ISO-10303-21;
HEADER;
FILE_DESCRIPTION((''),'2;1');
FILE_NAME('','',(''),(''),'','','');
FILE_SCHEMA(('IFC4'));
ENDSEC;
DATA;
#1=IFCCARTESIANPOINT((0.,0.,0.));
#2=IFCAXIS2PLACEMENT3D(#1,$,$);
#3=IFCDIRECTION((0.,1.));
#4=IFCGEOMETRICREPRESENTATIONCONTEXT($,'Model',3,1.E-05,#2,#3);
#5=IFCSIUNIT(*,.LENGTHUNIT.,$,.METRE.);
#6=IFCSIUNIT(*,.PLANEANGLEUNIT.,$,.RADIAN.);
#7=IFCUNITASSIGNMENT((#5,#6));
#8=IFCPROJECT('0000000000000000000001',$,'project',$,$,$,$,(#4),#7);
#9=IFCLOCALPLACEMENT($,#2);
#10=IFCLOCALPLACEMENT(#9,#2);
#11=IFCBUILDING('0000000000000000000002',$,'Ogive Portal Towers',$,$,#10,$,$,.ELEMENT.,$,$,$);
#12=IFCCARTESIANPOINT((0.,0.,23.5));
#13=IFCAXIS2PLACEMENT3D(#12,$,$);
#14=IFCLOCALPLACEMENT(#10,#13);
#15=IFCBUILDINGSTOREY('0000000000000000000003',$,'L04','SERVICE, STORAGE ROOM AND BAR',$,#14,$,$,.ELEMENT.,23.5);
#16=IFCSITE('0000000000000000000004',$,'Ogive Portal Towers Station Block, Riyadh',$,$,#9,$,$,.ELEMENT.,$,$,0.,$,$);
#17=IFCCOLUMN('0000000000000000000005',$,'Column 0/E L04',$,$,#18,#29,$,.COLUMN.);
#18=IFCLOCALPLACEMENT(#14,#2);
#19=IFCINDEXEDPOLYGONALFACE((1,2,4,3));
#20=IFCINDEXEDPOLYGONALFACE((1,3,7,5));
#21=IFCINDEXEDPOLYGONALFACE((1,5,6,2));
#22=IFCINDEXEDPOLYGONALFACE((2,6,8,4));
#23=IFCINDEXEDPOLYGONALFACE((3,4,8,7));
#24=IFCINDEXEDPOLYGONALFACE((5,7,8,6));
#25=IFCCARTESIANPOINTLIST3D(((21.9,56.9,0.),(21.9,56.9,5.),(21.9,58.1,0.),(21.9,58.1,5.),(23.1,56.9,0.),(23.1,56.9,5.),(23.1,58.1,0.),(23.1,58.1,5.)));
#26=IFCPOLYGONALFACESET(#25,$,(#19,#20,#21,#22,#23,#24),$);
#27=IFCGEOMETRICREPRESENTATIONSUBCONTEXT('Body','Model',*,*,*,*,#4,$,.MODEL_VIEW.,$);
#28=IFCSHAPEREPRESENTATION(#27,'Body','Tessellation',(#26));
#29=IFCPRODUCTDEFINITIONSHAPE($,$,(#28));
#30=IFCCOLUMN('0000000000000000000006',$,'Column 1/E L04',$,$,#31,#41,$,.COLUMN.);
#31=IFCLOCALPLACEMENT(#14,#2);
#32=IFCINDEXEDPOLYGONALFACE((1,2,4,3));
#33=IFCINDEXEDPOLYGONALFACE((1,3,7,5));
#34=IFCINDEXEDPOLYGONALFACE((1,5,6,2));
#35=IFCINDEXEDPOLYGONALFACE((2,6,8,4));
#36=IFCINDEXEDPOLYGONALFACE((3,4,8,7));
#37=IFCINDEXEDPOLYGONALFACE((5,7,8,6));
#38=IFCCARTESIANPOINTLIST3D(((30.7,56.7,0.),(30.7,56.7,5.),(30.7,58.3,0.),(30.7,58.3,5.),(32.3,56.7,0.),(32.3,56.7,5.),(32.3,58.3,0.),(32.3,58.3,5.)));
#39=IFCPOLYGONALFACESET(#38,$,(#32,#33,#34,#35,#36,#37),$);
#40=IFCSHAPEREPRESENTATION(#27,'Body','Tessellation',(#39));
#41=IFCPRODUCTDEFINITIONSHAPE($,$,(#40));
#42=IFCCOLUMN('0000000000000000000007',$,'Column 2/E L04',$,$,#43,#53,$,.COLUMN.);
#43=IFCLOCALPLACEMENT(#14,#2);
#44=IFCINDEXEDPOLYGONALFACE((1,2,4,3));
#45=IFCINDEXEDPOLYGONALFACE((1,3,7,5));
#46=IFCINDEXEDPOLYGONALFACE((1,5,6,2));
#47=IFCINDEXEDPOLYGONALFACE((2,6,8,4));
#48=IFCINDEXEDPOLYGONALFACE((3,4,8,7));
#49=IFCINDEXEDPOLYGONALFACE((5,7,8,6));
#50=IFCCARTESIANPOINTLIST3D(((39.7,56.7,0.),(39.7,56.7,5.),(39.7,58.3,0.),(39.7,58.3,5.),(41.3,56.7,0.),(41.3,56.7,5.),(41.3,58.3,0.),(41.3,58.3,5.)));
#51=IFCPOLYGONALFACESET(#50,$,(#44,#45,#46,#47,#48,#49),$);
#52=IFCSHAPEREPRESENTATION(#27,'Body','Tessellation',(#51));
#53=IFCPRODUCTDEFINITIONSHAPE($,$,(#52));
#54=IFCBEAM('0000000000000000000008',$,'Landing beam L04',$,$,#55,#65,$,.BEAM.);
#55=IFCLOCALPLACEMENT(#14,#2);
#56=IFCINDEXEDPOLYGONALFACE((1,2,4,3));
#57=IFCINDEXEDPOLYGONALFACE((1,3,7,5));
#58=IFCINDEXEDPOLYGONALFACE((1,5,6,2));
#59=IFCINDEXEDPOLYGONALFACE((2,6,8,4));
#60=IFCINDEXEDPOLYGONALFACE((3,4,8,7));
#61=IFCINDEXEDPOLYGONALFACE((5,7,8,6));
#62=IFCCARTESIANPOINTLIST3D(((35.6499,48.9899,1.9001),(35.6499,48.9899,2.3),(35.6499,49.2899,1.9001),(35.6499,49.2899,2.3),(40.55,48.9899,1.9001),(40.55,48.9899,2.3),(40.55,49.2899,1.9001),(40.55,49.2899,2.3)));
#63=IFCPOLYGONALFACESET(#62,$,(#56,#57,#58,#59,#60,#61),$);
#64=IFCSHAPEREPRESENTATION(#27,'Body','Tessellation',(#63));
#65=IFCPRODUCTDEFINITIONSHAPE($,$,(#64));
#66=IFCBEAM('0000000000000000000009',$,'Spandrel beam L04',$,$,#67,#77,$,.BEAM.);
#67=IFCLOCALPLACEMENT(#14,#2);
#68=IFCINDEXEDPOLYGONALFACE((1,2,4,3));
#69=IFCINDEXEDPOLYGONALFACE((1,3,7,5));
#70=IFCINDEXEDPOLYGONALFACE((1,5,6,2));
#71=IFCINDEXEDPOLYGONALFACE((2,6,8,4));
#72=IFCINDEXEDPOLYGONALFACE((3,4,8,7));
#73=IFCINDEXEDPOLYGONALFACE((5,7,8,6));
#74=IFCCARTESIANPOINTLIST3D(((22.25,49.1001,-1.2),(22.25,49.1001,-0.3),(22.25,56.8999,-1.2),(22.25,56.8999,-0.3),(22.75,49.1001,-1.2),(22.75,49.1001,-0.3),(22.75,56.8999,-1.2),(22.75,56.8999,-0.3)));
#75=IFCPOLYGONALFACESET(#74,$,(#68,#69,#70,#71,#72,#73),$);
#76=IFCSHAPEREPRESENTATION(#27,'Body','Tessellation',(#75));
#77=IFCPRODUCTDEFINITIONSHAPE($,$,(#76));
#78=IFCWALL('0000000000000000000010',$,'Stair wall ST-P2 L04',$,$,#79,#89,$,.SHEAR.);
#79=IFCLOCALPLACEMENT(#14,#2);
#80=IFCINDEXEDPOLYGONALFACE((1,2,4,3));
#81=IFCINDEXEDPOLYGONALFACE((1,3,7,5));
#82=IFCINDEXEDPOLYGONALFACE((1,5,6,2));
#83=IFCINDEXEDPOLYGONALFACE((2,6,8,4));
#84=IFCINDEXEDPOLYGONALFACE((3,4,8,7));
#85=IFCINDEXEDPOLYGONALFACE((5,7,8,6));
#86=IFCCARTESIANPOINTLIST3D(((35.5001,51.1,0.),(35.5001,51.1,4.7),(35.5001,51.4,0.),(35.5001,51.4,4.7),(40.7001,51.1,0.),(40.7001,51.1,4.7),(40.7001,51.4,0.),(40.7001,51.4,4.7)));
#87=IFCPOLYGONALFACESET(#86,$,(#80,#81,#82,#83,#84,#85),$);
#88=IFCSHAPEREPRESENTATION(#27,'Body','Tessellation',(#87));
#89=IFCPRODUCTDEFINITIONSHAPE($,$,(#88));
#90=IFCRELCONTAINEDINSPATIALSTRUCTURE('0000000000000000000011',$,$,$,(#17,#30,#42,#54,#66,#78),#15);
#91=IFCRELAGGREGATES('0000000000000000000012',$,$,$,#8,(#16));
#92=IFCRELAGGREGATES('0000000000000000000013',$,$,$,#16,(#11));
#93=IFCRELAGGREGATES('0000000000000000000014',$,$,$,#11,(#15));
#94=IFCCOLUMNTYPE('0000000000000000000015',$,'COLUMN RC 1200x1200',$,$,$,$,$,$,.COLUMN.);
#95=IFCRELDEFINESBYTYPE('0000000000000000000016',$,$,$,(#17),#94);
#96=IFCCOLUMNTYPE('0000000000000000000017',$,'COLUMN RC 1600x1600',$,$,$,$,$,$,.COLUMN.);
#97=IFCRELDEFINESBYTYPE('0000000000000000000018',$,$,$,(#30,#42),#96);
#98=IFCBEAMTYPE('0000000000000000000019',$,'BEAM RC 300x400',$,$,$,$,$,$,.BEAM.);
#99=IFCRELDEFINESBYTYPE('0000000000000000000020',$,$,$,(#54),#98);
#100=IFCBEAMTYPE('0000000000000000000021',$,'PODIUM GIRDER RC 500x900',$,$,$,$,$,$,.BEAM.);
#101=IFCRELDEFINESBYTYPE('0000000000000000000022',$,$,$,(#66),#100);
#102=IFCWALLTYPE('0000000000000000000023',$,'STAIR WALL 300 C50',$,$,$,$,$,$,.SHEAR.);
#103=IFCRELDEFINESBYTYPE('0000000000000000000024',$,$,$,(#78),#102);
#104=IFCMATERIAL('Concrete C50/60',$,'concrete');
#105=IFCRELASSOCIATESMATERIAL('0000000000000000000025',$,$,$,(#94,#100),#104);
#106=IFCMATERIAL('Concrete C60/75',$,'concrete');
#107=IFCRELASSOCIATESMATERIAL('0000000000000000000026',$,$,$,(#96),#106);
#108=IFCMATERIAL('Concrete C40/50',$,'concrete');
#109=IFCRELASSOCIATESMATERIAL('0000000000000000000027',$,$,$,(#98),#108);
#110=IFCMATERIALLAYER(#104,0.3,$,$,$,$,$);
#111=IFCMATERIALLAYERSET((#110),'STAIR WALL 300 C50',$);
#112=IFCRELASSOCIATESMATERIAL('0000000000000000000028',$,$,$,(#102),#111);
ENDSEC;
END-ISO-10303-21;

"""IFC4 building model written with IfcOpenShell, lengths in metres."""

from ifc_helpers import new_model, si_unit, direction, frame, frame_2d, origin, origin_2d, place, context, subcontext, project, spatial, rectangle, extrude, material, layer, layer_set, material_profile, profile_set, type_object, element, save


model = new_model("IFC4")

# Units and contexts
model_context = context("Model", 3, precision=1e-05, world=origin(), true_north=direction((0.0, 1.0)))
body_context = subcontext(model_context, "Body", "Model", "MODEL_VIEW")
ifc_project = project(units=[si_unit("LENGTHUNIT", "METRE"), si_unit("PLANEANGLEUNIT", "RADIAN")], contexts=[model_context])

# Site, building, storey
site_placement = place(None, origin())
site = spatial("IfcSite", under=ifc_project, at=site_placement, Name="Ogive Portal Towers Station Block, Riyadh", CompositionType="ELEMENT", RefElevation=0.0)
building_placement = place(site_placement, origin())
building = spatial("IfcBuilding", under=site, at=building_placement, Name="Ogive Portal Towers", CompositionType="ELEMENT")
storey_placement = place(building_placement, frame((0.0, 0.0, 23.5)))
storey = spatial("IfcBuildingStorey", under=building, at=storey_placement, Name="L04", Description="SERVICE, STORAGE ROOM AND BAR", CompositionType="ELEMENT", Elevation=23.5)

# Columns
ifc_material_1 = material(Name="Concrete C50/60", Category="concrete")
ifc_material_profile_1 = material_profile(ifc_material_1, rectangle(XDim=1.2, YDim=1.2, at=origin_2d()), Name="RC 1200x1200")
ifc_profile_set_1 = profile_set([ifc_material_profile_1], Name="Concrete C50/60")
column_type_1 = type_object("IfcColumnType", Name="COLUMN RC 1200x1200", PredefinedType="COLUMN", material=ifc_profile_set_1)
column_placement = place(storey_placement, frame((22.5, 57.5, 0.0), z_axis=(0.0, 0.0, 1.0), x_axis=(1.0, 0.0, 0.0)))
element("IfcColumn", 1, at=column_placement, inside=storey, type_object=column_type_1, Name="Column 0/E L04", PredefinedType="COLUMN", context=body_context, shape_type="SweptSolid", body=[
    extrude(rectangle(XDim=1.2, YDim=1.2, at=origin_2d()), origin(), (0.0, 0.0, 1.0), 5.0),
])
ifc_material_2 = material(Name="Concrete C60/75", Category="concrete")
ifc_material_profile_2 = material_profile(ifc_material_2, rectangle(XDim=1.6001, YDim=1.6001, at=origin_2d()), Name="RC 1600x1600")
ifc_profile_set_2 = profile_set([ifc_material_profile_2], Name="Concrete C60/75")
column_type_2 = type_object("IfcColumnType", Name="COLUMN RC 1600x1600", PredefinedType="COLUMN", material=ifc_profile_set_2)
for number, where, z_axis, x_axis, name in (
    (2, (31.5, 57.5, 0.0), (0.0, 0.0, 1.0), (1.0, 0.0, 0.0), "Column 1/E L04"),
    (3, (40.5, 57.5, 0.0), (0.0, 0.0, 1.0), (1.0, 0.0, 0.0), "Column 2/E L04"),
):
    element("IfcColumn", number, at=place(storey_placement, frame(where, z_axis=z_axis, x_axis=x_axis)), inside=storey, type_object=column_type_2, Name=name, PredefinedType="COLUMN", context=body_context, shape_type="SweptSolid", body=[
        extrude(rectangle(XDim=1.6001, YDim=1.6001, at=origin_2d()), origin(), (0.0, 0.0, 1.0), 5.0),
    ])

# Beams
ifc_material_3 = material(Name="Concrete C40/50", Category="concrete")
ifc_material_profile_3 = material_profile(ifc_material_3, rectangle(XDim=0.3, YDim=0.3999, at=origin_2d()), Name="RC 300x400")
ifc_profile_set_3 = profile_set([ifc_material_profile_3], Name="Concrete C40/50")
beam_type_1 = type_object("IfcBeamType", Name="BEAM RC 300x400", PredefinedType="BEAM", material=ifc_profile_set_3)
beam_1_placement = place(storey_placement, frame((35.6499, 49.1399, 2.1001), z_axis=(1.0, 0.0, 0.0), x_axis=(0.0, 1.0, 0.0)))
element("IfcBeam", 4, at=beam_1_placement, inside=storey, type_object=beam_type_1, Name="Landing beam L04", PredefinedType="BEAM", context=body_context, shape_type="SweptSolid", body=[
    extrude(rectangle(XDim=0.3, YDim=0.3999, at=origin_2d()), origin(), (0.0, 0.0, 1.0), 4.9001),
])
ifc_material_profile_4 = material_profile(ifc_material_1, rectangle(XDim=0.5, YDim=0.8999, at=origin_2d()), Name="RC 500x900")
ifc_profile_set_4 = profile_set([ifc_material_profile_4], Name="Concrete C50/60")
beam_type_2 = type_object("IfcBeamType", Name="PODIUM GIRDER RC 500x900", PredefinedType="BEAM", material=ifc_profile_set_4)
beam_2_placement = place(storey_placement, frame((22.5, 56.8999, -0.75), z_axis=(0.0, -1.0, 0.0), x_axis=(1.0, 0.0, 0.0)))
element("IfcBeam", 5, at=beam_2_placement, inside=storey, type_object=beam_type_2, Name="Spandrel beam L04", PredefinedType="BEAM", context=body_context, shape_type="SweptSolid", body=[
    extrude(rectangle(XDim=0.5, YDim=0.8999, at=origin_2d()), origin(), (0.0, 0.0, 1.0), 7.7998),
])

# Wall
ifc_layer_1 = layer(ifc_material_1, 0.3)
ifc_layer_set_1 = layer_set([ifc_layer_1], Name="STAIR WALL 300 C50")
wall_type_1 = type_object("IfcWallType", Name="STAIR WALL 300 C50", PredefinedType="SHEAR", material=ifc_layer_set_1)
wall_1_placement = place(storey_placement, frame((35.5, 51.25, 0.0), z_axis=(0.0, 0.0, 1.0), x_axis=(1.0, 0.0, 0.0)))
element("IfcWall", 6, at=wall_1_placement, inside=storey, type_object=wall_type_1, Name="Stair wall ST-P2 L04", PredefinedType="SHEAR", context=body_context, shape_type="SweptSolid", body=[
    extrude(rectangle(XDim=5.2, YDim=0.3, at=frame_2d((2.6001, 0.0))), origin(), (0.0, 0.0, 1.0), 4.7),
])

save(model, "model.ifc")
